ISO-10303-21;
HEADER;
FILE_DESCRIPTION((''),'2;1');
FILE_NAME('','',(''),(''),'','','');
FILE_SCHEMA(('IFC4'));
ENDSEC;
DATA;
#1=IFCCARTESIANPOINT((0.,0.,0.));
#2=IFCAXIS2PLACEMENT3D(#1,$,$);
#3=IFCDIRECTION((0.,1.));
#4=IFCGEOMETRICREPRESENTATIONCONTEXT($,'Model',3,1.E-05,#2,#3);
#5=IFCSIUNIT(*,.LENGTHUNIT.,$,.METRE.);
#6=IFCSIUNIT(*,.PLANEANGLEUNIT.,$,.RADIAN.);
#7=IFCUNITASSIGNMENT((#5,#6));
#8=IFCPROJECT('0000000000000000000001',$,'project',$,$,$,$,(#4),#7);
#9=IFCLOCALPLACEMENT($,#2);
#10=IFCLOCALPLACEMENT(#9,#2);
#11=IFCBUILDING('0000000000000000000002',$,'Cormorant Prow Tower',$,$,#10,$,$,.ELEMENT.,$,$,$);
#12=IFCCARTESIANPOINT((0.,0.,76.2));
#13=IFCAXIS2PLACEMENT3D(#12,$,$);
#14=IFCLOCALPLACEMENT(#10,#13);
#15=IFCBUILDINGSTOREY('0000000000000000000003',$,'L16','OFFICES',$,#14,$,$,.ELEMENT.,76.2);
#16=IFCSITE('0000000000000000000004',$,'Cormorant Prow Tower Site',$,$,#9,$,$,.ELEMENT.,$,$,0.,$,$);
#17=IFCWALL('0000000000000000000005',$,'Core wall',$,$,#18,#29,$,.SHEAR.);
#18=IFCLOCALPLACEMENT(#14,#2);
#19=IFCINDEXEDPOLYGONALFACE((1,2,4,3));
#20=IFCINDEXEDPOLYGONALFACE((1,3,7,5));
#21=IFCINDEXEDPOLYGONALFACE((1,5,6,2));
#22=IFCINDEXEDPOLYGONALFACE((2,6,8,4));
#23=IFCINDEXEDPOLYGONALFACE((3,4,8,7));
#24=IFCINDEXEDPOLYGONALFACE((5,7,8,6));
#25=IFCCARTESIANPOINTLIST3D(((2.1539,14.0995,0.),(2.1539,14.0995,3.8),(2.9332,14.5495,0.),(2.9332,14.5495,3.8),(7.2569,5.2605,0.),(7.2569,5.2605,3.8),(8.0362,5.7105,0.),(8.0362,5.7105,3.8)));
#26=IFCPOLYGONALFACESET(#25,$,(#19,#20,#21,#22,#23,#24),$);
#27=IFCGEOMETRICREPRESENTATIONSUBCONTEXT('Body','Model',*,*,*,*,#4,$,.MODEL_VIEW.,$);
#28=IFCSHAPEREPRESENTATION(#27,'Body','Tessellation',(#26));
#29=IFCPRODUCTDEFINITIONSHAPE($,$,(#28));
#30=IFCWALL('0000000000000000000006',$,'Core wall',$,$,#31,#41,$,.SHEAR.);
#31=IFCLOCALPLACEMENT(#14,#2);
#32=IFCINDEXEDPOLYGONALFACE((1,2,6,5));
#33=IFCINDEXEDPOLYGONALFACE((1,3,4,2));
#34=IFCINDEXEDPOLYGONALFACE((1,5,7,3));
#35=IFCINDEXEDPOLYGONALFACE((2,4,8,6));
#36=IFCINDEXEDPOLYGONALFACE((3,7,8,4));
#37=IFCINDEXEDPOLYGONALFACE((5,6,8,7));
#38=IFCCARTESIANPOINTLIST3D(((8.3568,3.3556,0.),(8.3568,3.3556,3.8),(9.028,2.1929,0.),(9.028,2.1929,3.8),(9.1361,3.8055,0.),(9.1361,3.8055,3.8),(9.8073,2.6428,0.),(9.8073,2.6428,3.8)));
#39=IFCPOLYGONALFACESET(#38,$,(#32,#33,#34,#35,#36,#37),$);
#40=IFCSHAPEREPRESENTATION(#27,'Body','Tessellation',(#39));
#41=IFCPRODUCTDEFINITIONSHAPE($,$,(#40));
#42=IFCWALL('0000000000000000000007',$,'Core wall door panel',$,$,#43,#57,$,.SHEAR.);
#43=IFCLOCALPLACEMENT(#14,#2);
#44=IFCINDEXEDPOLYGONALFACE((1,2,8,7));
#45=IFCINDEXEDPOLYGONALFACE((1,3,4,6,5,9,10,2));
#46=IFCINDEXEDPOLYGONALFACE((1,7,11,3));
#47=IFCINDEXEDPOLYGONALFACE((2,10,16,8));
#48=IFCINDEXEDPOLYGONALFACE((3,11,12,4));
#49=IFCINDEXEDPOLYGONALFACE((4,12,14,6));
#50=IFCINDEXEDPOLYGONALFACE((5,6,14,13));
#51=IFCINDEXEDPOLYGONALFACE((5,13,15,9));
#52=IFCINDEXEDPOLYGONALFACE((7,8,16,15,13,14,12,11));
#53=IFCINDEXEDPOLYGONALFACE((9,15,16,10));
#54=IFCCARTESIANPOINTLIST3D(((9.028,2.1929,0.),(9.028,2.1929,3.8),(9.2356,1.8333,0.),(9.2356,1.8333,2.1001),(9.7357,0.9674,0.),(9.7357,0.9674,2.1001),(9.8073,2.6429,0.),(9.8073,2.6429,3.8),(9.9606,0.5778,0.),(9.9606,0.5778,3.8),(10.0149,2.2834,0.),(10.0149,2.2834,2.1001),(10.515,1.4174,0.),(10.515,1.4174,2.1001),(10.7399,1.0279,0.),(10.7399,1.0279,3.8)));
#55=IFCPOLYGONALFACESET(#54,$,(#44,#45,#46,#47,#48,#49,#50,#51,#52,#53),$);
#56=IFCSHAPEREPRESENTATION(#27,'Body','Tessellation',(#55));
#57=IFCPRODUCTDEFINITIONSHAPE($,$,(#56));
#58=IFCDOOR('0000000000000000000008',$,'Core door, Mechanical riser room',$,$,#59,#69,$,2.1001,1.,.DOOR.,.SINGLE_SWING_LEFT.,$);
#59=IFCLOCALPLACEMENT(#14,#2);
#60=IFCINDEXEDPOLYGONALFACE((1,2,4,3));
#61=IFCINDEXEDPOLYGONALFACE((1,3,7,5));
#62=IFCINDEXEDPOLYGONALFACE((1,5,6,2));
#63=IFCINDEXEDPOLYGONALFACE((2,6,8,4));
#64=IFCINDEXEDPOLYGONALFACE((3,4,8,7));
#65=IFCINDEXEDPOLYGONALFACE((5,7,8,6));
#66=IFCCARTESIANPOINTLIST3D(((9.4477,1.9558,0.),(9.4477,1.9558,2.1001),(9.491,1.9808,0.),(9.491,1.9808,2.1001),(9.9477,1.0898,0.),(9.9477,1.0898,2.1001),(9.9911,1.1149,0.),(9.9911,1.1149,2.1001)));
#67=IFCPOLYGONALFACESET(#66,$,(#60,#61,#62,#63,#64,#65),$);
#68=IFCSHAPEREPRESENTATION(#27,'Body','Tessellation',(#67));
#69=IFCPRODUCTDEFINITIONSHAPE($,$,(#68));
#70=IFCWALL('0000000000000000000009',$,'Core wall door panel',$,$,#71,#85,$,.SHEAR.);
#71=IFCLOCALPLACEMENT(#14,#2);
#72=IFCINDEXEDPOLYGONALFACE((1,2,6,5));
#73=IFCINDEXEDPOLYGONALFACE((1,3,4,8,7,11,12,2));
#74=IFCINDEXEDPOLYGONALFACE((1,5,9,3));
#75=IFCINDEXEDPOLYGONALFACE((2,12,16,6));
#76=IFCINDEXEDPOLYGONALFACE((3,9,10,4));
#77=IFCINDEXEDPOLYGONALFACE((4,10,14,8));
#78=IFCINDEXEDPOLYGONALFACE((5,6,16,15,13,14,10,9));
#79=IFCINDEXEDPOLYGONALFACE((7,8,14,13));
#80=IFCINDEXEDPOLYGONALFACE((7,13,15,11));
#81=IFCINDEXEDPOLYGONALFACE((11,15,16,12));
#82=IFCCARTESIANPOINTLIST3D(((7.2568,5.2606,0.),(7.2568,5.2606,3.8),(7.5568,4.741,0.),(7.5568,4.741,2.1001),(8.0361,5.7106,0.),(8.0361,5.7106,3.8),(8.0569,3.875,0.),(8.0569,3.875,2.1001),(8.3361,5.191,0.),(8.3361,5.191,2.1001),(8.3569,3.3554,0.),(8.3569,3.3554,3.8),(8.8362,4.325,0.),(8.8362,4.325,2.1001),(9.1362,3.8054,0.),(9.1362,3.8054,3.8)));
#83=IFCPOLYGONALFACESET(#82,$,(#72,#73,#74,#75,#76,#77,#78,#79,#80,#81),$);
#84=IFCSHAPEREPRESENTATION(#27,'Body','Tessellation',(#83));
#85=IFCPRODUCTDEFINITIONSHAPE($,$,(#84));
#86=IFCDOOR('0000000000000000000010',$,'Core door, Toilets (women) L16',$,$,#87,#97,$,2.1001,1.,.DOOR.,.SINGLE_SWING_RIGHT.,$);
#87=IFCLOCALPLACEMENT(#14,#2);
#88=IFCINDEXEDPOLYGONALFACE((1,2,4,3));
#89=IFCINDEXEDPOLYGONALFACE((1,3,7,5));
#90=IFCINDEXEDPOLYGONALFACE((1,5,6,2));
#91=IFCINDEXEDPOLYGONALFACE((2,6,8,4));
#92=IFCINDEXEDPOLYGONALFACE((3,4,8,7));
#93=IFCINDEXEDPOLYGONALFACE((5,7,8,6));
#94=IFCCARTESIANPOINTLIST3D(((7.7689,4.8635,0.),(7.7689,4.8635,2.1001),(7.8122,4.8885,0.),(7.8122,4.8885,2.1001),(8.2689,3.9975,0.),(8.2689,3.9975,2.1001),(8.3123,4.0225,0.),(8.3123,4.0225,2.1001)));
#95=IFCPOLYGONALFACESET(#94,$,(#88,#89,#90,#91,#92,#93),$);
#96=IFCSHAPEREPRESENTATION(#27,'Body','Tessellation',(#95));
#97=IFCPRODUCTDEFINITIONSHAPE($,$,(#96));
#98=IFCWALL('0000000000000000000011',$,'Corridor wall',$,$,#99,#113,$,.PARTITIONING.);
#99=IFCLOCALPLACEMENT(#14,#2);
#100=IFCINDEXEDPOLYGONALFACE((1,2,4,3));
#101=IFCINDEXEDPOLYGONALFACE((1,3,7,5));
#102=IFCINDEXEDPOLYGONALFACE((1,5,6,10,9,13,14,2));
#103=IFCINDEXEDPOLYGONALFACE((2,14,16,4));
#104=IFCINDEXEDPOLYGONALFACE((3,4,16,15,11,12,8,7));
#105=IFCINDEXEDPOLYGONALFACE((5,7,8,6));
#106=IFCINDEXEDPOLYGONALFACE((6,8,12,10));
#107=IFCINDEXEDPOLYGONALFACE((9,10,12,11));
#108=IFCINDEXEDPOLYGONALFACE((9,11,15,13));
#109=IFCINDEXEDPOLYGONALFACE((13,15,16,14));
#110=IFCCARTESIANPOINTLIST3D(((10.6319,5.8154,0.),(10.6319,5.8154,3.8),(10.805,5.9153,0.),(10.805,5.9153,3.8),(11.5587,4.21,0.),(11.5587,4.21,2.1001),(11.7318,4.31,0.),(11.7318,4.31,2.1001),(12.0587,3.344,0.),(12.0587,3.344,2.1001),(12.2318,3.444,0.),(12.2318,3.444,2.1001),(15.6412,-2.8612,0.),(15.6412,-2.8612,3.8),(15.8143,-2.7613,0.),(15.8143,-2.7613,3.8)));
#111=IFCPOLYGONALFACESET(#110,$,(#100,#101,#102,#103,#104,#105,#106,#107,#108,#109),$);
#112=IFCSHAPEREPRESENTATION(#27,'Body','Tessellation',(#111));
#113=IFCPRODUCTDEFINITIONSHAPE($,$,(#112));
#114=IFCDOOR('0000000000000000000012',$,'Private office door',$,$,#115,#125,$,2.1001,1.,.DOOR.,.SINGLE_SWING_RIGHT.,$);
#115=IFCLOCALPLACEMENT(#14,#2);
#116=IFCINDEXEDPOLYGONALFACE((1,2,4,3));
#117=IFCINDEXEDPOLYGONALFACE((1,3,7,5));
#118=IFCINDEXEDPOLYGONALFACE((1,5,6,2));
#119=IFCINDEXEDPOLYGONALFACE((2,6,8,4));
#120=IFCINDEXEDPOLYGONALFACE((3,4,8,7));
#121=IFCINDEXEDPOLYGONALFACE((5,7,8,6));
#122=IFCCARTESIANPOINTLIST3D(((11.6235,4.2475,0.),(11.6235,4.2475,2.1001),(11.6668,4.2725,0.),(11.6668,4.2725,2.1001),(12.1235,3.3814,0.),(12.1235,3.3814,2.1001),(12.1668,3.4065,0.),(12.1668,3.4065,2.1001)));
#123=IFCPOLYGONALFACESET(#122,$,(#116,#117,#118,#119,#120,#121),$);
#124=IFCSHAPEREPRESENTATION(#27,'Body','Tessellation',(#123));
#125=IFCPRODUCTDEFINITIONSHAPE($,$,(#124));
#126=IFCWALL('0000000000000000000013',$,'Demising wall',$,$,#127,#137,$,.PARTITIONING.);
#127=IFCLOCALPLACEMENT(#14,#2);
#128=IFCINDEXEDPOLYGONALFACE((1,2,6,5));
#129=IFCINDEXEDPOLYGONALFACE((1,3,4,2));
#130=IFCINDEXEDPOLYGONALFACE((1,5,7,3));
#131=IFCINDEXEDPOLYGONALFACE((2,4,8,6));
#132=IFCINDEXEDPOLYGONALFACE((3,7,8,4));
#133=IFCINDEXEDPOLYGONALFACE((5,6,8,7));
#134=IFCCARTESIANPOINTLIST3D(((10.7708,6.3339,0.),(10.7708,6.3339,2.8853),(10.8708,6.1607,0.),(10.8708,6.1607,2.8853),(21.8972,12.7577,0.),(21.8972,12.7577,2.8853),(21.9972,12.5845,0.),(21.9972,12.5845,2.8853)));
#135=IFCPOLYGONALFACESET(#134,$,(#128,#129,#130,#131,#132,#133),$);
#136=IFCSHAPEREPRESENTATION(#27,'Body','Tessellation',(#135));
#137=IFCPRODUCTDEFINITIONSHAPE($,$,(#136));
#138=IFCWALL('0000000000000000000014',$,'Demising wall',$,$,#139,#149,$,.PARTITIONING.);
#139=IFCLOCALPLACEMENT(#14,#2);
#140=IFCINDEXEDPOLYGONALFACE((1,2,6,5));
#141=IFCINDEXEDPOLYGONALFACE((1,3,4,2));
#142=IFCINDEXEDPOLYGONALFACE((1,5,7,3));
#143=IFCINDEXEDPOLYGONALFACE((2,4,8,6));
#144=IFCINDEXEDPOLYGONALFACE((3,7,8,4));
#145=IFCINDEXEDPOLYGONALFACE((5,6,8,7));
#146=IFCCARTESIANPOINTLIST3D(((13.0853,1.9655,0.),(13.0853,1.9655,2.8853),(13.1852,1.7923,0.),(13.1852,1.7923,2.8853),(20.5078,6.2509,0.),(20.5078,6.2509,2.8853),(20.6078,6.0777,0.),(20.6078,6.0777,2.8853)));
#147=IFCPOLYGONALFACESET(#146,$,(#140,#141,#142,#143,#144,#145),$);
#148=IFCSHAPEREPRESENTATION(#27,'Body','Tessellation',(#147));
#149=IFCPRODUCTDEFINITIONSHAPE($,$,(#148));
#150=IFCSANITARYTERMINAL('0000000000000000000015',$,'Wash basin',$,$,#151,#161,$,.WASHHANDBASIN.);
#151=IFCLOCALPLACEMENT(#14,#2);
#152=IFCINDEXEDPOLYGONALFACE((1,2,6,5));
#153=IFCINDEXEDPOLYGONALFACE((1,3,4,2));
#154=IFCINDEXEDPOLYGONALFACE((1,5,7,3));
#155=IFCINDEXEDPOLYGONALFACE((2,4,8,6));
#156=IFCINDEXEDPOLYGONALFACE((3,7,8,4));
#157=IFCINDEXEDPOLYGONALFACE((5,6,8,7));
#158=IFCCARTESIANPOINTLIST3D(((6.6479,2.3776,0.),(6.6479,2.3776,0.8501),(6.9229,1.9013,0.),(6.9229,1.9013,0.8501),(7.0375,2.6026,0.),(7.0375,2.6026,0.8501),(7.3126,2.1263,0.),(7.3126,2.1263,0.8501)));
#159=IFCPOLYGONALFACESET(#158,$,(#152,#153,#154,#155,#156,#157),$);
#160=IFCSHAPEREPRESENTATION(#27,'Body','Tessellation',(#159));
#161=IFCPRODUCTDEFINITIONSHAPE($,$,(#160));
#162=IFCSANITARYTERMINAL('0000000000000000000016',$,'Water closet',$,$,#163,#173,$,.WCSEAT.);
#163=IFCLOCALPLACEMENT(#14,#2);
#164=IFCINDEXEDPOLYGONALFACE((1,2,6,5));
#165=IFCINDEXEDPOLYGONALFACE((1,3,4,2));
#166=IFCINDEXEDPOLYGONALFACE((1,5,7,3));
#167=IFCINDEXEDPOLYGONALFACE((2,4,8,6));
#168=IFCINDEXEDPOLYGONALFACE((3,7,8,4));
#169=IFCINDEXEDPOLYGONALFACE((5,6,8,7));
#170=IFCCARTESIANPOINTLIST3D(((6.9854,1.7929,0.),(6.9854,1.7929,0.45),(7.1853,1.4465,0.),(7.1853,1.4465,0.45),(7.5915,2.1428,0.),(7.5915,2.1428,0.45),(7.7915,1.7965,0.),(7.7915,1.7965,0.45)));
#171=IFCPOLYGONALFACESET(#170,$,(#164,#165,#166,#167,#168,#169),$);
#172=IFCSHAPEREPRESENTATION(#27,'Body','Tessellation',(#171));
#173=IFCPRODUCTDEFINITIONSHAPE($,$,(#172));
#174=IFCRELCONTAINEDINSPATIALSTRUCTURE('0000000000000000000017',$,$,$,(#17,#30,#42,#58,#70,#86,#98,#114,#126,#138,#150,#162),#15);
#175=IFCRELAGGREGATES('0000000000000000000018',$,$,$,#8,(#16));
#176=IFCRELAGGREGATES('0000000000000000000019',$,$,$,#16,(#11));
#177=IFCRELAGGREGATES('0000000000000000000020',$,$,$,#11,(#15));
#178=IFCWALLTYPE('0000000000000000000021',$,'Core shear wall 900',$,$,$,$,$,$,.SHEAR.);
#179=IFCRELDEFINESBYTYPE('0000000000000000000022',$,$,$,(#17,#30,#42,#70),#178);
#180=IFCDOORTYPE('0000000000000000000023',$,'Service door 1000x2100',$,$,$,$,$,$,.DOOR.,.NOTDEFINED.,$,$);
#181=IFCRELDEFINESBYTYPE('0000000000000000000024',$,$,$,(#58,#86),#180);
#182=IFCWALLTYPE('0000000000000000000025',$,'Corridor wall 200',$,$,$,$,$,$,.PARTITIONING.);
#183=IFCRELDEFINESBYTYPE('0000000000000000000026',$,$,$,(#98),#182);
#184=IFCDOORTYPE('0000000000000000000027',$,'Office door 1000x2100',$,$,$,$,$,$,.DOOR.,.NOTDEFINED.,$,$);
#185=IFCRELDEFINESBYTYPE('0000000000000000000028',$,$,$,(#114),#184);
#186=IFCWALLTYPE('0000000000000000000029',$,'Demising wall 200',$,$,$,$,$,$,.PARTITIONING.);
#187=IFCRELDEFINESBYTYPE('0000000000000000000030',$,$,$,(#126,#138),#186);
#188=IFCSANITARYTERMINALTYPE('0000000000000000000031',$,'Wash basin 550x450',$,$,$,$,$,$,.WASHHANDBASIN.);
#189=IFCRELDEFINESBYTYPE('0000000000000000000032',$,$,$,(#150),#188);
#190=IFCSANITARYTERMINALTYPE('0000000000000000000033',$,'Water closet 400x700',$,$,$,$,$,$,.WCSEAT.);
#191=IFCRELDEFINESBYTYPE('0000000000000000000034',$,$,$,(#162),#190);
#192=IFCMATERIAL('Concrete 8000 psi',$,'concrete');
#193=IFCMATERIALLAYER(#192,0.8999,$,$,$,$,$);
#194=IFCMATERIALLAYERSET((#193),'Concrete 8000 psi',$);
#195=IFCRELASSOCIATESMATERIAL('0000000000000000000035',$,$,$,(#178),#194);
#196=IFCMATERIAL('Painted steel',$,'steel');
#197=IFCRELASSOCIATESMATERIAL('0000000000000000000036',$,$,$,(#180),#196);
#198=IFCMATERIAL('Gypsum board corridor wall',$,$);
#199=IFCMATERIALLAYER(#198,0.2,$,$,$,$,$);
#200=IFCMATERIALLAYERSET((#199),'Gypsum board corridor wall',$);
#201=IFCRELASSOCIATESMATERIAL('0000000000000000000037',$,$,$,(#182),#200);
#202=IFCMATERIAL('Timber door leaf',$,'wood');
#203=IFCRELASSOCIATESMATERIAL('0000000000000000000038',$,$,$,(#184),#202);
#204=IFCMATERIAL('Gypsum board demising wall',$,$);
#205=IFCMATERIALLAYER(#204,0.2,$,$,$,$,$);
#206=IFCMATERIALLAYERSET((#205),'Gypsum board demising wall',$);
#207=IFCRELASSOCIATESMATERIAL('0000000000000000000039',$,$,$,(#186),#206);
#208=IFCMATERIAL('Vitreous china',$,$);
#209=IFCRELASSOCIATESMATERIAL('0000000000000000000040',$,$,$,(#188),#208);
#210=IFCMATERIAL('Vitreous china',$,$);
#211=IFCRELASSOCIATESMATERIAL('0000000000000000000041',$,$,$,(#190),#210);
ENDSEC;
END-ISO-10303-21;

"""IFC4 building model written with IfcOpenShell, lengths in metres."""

from ifc_helpers import new_model, si_unit, direction, frame, frame_2d, origin, origin_2d, place, context, subcontext, project, spatial, rectangle, extrude, material, layer, layer_set, type_object, element, fill, save


model = new_model("IFC4")

# Units and contexts
model_context = context("Model", 3, precision=1e-05, world=origin(), true_north=direction((0.0, 1.0)))
body_context = subcontext(model_context, "Body", "Model", "MODEL_VIEW")
ifc_project = project(units=[si_unit("LENGTHUNIT", "METRE"), si_unit("PLANEANGLEUNIT", "RADIAN")], contexts=[model_context])

# Site, building, storey
site_placement = place(None, origin())
site = spatial("IfcSite", under=ifc_project, at=site_placement, Name="Cormorant Prow Tower Site", CompositionType="ELEMENT", RefElevation=0.0)
building_placement = place(site_placement, origin())
building = spatial("IfcBuilding", under=site, at=building_placement, Name="Cormorant Prow Tower", CompositionType="ELEMENT")
storey_placement = place(building_placement, frame((0.0, 0.0, 76.2)))
storey = spatial("IfcBuildingStorey", under=building, at=storey_placement, Name="L16", Description="OFFICES", CompositionType="ELEMENT", Elevation=76.2)

# Walls
ifc_material_1 = material(Name="Concrete 8000 psi", Category="concrete")
ifc_layer_1 = layer(ifc_material_1, 0.8999)
ifc_layer_set_1 = layer_set([ifc_layer_1], Name="Concrete 8000 psi")
wall_type_1 = type_object("IfcWallType", Name="Core shear wall 900", PredefinedType="SHEAR", material=ifc_layer_set_1)
wall_1_placement = place(storey_placement, frame((7.6465, 5.4856, 0.0), z_axis=(0.0, 0.0, 1.0), x_axis=(-0.499983, 0.866035, 0.0)))
element("IfcWall", 1, at=wall_1_placement, inside=storey, type_object=wall_type_1, Name="Core wall", PredefinedType="SHEAR", context=body_context, shape_type="SweptSolid", body=[
    extrude(rectangle(XDim=10.2063, YDim=0.8999, at=frame_2d((5.103, 0.0))), origin(), (0.0, 0.0, 1.0), 3.8),
])
wall_2_placement = place(storey_placement, frame((9.4177, 2.4177, 0.0), z_axis=(0.0, 0.0, 1.0), x_axis=(-0.499953, 0.866052, 0.0)))
element("IfcWall", 2, at=wall_2_placement, inside=storey, type_object=wall_type_1, Name="Core wall", PredefinedType="SHEAR", context=body_context, shape_type="SweptSolid", body=[
    extrude(rectangle(XDim=1.3425, YDim=0.8999, at=frame_2d((0.6714, 0.0))), origin(), (0.0, 0.0, 1.0), 3.8),
])

# Walls, openings, doors
wall_3_placement = place(storey_placement, frame((10.3503, 0.8027, 0.0), z_axis=(0.0, 0.0, 1.0), x_axis=(-0.500081, 0.865978, 0.0)))
wall_3 = element("IfcWall", 3, at=wall_3_placement, inside=storey, type_object=wall_type_1, Name="Core wall door panel", PredefinedType="SHEAR", context=body_context, shape_type="SweptSolid", body=[
    extrude(rectangle(XDim=1.865, YDim=0.8999, at=frame_2d((0.9326, 0.0))), origin(), (0.0, 0.0, 1.0), 3.8),
])
opening_1_placement = place(wall_3_placement, frame((0.45, 0.0, 0.0)))
opening_1 = element("IfcOpeningElement", 4, at=opening_1_placement, cuts=wall_3, PredefinedType="OPENING", context=body_context, shape_type="SweptSolid", body=[
    extrude(rectangle(XDim=1.0, YDim=2.1001, at=frame_2d((0.5, 1.05))), frame((0.0, 0.46, 0.0), z_axis=(0.0, -1.0, 0.0), x_axis=(1.0, 0.0, 0.0)), (0.0, 0.0, 1.0), 0.9199),
])
ifc_material_2 = material(Name="Painted steel", Category="steel")
door_type_1 = type_object("IfcDoorType", Name="Service door 1000x2100", OperationType="NOTDEFINED", PredefinedType="DOOR", material=ifc_material_2)
door_1_placement = place(opening_1_placement, origin())
door_1 = element("IfcDoor", 5, at=door_1_placement, inside=storey, type_object=door_type_1, Name="Core door, Mechanical riser room", OperationType="SINGLE_SWING_LEFT", OverallHeight=2.1001, OverallWidth=1.0, PredefinedType="DOOR", context=body_context, shape_type="SweptSolid", body=[
    extrude(rectangle(XDim=1.0, YDim=2.1001, at=frame_2d((0.5, 1.05))), frame((0.0, 0.2051, 0.0), z_axis=(0.0, -1.0, 0.0), x_axis=(1.0, 0.0, 0.0)), (0.0, 0.0, 1.0), 0.05),
])
fill(opening_1, door_1)
wall_4_placement = place(storey_placement, frame((8.7466, 3.5803, 0.0), z_axis=(0.0, 0.0, 1.0), x_axis=(-0.50003, 0.866008, 0.0)))
wall_4 = element("IfcWall", 6, at=wall_4_placement, inside=storey, type_object=wall_type_1, Name="Core wall door panel", PredefinedType="SHEAR", context=body_context, shape_type="SweptSolid", body=[
    extrude(rectangle(XDim=2.2, YDim=0.8999, at=frame_2d((1.1001, 0.0))), origin(), (0.0, 0.0, 1.0), 3.8),
])
opening_2_placement = place(wall_4_placement, frame((0.6001, 0.0, 0.0)))
opening_2 = element("IfcOpeningElement", 7, at=opening_2_placement, cuts=wall_4, PredefinedType="OPENING", context=body_context, shape_type="SweptSolid", body=[
    extrude(rectangle(XDim=1.0, YDim=2.1001, at=frame_2d((0.5, 1.05))), frame((0.0, 0.46, 0.0), z_axis=(0.0, -1.0, 0.0), x_axis=(1.0, 0.0, 0.0)), (0.0, 0.0, 1.0), 0.9199),
])
door_2_placement = place(opening_2_placement, origin())
door_2 = element("IfcDoor", 8, at=door_2_placement, inside=storey, type_object=door_type_1, Name="Core door, Toilets (women) L16", OperationType="SINGLE_SWING_RIGHT", OverallHeight=2.1001, OverallWidth=1.0, PredefinedType="DOOR", context=body_context, shape_type="SweptSolid", body=[
    extrude(rectangle(XDim=1.0, YDim=2.1001, at=frame_2d((0.5, 1.05))), frame((0.0, 0.2051, 0.0), z_axis=(0.0, -1.0, 0.0), x_axis=(1.0, 0.0, 0.0)), (0.0, 0.0, 1.0), 0.05),
])
fill(opening_2, door_2)
ifc_material_3 = material(Name="Gypsum board corridor wall")
ifc_layer_2 = layer(ifc_material_3, 0.2)
ifc_layer_set_2 = layer_set([ifc_layer_2], Name="Gypsum board corridor wall")
wall_type_2 = type_object("IfcWallType", Name="Corridor wall 200", PredefinedType="PARTITIONING", material=ifc_layer_set_2)
wall_5_placement = place(storey_placement, frame((10.7185, 5.8652, 0.0), z_axis=(0.0, 0.0, 1.0), x_axis=(0.499992, -0.86603, 0.0)))
wall_5 = element("IfcWall", 9, at=wall_5_placement, inside=storey, type_object=wall_type_2, Name="Corridor wall", PredefinedType="PARTITIONING", context=body_context, shape_type="SweptSolid", body=[
    extrude(rectangle(XDim=10.0188, YDim=0.2, at=frame_2d((5.0093, 0.0))), origin(), (0.0, 0.0, 1.0), 3.8),
])
opening_3_placement = place(wall_5_placement, frame((1.8535, 0.0, 0.0)))
opening_3 = element("IfcOpeningElement", 10, at=opening_3_placement, cuts=wall_5, PredefinedType="OPENING", context=body_context, shape_type="SweptSolid", body=[
    extrude(rectangle(XDim=1.0, YDim=2.1001, at=frame_2d((0.5, 1.05))), frame((0.0, 0.1099, 0.0), z_axis=(0.0, -1.0, 0.0), x_axis=(1.0, 0.0, 0.0)), (0.0, 0.0, 1.0), 0.22),
])
ifc_material_4 = material(Name="Timber door leaf", Category="wood")
door_type_2 = type_object("IfcDoorType", Name="Office door 1000x2100", OperationType="NOTDEFINED", PredefinedType="DOOR", material=ifc_material_4)
door_3_placement = place(opening_3_placement, origin())
door_3 = element("IfcDoor", 11, at=door_3_placement, inside=storey, type_object=door_type_2, Name="Private office door", OperationType="SINGLE_SWING_RIGHT", OverallHeight=2.1001, OverallWidth=1.0, PredefinedType="DOOR", context=body_context, shape_type="SweptSolid", body=[
    extrude(rectangle(XDim=1.0, YDim=2.1001, at=frame_2d((0.5, 1.05))), frame((0.0, 0.0249, 0.0), z_axis=(0.0, -1.0, 0.0), x_axis=(1.0, 0.0, 0.0)), (0.0, 0.0, 1.0), 0.05),
])
fill(opening_3, door_3)

# Walls
ifc_material_5 = material(Name="Gypsum board demising wall")
ifc_layer_3 = layer(ifc_material_5, 0.2)
ifc_layer_set_3 = layer_set([ifc_layer_3], Name="Gypsum board demising wall")
wall_type_3 = type_object("IfcWallType", Name="Demising wall 200", PredefinedType="PARTITIONING", material=ifc_layer_set_3)
wall_6_placement = place(storey_placement, frame((10.8208, 6.2473, 0.0), z_axis=(0.0, 0.0, 1.0), x_axis=(0.866027, 0.499998, 0.0)))
element("IfcWall", 12, at=wall_6_placement, inside=storey, type_object=wall_type_3, Name="Demising wall", PredefinedType="PARTITIONING", context=body_context, shape_type="SweptSolid", body=[
    extrude(rectangle(XDim=12.8477, YDim=0.2, at=frame_2d((6.4238, 0.0))), origin(), (0.0, 0.0, 1.0), 2.8853),
])
wall_7_placement = place(storey_placement, frame((13.1353, 1.8789, 0.0), z_axis=(0.0, 0.0, 1.0), x_axis=(0.866028, 0.499996, 0.0)))
element("IfcWall", 13, at=wall_7_placement, inside=storey, type_object=wall_type_3, Name="Demising wall", PredefinedType="PARTITIONING", context=body_context, shape_type="SweptSolid", body=[
    extrude(rectangle(XDim=8.5708, YDim=0.2, at=frame_2d((4.2854, 0.0))), origin(), (0.0, 0.0, 1.0), 2.8853),
])

# Sanitary terminals
ifc_material_6 = material(Name="Vitreous china")
sanitary_terminal_type_1 = type_object("IfcSanitaryTerminalType", Name="Wash basin 550x450", PredefinedType="WASHHANDBASIN", material=ifc_material_6)
sanitary_terminal_1_placement = place(storey_placement, frame((6.9802, 2.252, 0.0), z_axis=(0.0, 0.0, 1.0), x_axis=(0.5, -0.866025, 0.0)))
element("IfcSanitaryTerminal", 14, at=sanitary_terminal_1_placement, inside=storey, type_object=sanitary_terminal_type_1, Name="Wash basin", PredefinedType="WASHHANDBASIN", context=body_context, shape_type="SweptSolid", body=[
    extrude(rectangle(XDim=0.55, YDim=0.45, at=origin_2d()), origin(), (0.0, 0.0, 1.0), 0.8501),
])
ifc_material_7 = material(Name="Vitreous china")
sanitary_terminal_type_2 = type_object("IfcSanitaryTerminalType", Name="Water closet 400x700", PredefinedType="WCSEAT", material=ifc_material_7)
sanitary_terminal_2_placement = place(storey_placement, frame((7.3884, 1.7947, 0.0), z_axis=(0.0, 0.0, 1.0), x_axis=(0.5, -0.866025, 0.0)))
element("IfcSanitaryTerminal", 15, at=sanitary_terminal_2_placement, inside=storey, type_object=sanitary_terminal_type_2, Name="Water closet", PredefinedType="WCSEAT", context=body_context, shape_type="SweptSolid", body=[
    extrude(rectangle(XDim=0.3999, YDim=0.7, at=origin_2d()), origin(), (0.0, 0.0, 1.0), 0.45),
])

save(model, "model.ifc")
